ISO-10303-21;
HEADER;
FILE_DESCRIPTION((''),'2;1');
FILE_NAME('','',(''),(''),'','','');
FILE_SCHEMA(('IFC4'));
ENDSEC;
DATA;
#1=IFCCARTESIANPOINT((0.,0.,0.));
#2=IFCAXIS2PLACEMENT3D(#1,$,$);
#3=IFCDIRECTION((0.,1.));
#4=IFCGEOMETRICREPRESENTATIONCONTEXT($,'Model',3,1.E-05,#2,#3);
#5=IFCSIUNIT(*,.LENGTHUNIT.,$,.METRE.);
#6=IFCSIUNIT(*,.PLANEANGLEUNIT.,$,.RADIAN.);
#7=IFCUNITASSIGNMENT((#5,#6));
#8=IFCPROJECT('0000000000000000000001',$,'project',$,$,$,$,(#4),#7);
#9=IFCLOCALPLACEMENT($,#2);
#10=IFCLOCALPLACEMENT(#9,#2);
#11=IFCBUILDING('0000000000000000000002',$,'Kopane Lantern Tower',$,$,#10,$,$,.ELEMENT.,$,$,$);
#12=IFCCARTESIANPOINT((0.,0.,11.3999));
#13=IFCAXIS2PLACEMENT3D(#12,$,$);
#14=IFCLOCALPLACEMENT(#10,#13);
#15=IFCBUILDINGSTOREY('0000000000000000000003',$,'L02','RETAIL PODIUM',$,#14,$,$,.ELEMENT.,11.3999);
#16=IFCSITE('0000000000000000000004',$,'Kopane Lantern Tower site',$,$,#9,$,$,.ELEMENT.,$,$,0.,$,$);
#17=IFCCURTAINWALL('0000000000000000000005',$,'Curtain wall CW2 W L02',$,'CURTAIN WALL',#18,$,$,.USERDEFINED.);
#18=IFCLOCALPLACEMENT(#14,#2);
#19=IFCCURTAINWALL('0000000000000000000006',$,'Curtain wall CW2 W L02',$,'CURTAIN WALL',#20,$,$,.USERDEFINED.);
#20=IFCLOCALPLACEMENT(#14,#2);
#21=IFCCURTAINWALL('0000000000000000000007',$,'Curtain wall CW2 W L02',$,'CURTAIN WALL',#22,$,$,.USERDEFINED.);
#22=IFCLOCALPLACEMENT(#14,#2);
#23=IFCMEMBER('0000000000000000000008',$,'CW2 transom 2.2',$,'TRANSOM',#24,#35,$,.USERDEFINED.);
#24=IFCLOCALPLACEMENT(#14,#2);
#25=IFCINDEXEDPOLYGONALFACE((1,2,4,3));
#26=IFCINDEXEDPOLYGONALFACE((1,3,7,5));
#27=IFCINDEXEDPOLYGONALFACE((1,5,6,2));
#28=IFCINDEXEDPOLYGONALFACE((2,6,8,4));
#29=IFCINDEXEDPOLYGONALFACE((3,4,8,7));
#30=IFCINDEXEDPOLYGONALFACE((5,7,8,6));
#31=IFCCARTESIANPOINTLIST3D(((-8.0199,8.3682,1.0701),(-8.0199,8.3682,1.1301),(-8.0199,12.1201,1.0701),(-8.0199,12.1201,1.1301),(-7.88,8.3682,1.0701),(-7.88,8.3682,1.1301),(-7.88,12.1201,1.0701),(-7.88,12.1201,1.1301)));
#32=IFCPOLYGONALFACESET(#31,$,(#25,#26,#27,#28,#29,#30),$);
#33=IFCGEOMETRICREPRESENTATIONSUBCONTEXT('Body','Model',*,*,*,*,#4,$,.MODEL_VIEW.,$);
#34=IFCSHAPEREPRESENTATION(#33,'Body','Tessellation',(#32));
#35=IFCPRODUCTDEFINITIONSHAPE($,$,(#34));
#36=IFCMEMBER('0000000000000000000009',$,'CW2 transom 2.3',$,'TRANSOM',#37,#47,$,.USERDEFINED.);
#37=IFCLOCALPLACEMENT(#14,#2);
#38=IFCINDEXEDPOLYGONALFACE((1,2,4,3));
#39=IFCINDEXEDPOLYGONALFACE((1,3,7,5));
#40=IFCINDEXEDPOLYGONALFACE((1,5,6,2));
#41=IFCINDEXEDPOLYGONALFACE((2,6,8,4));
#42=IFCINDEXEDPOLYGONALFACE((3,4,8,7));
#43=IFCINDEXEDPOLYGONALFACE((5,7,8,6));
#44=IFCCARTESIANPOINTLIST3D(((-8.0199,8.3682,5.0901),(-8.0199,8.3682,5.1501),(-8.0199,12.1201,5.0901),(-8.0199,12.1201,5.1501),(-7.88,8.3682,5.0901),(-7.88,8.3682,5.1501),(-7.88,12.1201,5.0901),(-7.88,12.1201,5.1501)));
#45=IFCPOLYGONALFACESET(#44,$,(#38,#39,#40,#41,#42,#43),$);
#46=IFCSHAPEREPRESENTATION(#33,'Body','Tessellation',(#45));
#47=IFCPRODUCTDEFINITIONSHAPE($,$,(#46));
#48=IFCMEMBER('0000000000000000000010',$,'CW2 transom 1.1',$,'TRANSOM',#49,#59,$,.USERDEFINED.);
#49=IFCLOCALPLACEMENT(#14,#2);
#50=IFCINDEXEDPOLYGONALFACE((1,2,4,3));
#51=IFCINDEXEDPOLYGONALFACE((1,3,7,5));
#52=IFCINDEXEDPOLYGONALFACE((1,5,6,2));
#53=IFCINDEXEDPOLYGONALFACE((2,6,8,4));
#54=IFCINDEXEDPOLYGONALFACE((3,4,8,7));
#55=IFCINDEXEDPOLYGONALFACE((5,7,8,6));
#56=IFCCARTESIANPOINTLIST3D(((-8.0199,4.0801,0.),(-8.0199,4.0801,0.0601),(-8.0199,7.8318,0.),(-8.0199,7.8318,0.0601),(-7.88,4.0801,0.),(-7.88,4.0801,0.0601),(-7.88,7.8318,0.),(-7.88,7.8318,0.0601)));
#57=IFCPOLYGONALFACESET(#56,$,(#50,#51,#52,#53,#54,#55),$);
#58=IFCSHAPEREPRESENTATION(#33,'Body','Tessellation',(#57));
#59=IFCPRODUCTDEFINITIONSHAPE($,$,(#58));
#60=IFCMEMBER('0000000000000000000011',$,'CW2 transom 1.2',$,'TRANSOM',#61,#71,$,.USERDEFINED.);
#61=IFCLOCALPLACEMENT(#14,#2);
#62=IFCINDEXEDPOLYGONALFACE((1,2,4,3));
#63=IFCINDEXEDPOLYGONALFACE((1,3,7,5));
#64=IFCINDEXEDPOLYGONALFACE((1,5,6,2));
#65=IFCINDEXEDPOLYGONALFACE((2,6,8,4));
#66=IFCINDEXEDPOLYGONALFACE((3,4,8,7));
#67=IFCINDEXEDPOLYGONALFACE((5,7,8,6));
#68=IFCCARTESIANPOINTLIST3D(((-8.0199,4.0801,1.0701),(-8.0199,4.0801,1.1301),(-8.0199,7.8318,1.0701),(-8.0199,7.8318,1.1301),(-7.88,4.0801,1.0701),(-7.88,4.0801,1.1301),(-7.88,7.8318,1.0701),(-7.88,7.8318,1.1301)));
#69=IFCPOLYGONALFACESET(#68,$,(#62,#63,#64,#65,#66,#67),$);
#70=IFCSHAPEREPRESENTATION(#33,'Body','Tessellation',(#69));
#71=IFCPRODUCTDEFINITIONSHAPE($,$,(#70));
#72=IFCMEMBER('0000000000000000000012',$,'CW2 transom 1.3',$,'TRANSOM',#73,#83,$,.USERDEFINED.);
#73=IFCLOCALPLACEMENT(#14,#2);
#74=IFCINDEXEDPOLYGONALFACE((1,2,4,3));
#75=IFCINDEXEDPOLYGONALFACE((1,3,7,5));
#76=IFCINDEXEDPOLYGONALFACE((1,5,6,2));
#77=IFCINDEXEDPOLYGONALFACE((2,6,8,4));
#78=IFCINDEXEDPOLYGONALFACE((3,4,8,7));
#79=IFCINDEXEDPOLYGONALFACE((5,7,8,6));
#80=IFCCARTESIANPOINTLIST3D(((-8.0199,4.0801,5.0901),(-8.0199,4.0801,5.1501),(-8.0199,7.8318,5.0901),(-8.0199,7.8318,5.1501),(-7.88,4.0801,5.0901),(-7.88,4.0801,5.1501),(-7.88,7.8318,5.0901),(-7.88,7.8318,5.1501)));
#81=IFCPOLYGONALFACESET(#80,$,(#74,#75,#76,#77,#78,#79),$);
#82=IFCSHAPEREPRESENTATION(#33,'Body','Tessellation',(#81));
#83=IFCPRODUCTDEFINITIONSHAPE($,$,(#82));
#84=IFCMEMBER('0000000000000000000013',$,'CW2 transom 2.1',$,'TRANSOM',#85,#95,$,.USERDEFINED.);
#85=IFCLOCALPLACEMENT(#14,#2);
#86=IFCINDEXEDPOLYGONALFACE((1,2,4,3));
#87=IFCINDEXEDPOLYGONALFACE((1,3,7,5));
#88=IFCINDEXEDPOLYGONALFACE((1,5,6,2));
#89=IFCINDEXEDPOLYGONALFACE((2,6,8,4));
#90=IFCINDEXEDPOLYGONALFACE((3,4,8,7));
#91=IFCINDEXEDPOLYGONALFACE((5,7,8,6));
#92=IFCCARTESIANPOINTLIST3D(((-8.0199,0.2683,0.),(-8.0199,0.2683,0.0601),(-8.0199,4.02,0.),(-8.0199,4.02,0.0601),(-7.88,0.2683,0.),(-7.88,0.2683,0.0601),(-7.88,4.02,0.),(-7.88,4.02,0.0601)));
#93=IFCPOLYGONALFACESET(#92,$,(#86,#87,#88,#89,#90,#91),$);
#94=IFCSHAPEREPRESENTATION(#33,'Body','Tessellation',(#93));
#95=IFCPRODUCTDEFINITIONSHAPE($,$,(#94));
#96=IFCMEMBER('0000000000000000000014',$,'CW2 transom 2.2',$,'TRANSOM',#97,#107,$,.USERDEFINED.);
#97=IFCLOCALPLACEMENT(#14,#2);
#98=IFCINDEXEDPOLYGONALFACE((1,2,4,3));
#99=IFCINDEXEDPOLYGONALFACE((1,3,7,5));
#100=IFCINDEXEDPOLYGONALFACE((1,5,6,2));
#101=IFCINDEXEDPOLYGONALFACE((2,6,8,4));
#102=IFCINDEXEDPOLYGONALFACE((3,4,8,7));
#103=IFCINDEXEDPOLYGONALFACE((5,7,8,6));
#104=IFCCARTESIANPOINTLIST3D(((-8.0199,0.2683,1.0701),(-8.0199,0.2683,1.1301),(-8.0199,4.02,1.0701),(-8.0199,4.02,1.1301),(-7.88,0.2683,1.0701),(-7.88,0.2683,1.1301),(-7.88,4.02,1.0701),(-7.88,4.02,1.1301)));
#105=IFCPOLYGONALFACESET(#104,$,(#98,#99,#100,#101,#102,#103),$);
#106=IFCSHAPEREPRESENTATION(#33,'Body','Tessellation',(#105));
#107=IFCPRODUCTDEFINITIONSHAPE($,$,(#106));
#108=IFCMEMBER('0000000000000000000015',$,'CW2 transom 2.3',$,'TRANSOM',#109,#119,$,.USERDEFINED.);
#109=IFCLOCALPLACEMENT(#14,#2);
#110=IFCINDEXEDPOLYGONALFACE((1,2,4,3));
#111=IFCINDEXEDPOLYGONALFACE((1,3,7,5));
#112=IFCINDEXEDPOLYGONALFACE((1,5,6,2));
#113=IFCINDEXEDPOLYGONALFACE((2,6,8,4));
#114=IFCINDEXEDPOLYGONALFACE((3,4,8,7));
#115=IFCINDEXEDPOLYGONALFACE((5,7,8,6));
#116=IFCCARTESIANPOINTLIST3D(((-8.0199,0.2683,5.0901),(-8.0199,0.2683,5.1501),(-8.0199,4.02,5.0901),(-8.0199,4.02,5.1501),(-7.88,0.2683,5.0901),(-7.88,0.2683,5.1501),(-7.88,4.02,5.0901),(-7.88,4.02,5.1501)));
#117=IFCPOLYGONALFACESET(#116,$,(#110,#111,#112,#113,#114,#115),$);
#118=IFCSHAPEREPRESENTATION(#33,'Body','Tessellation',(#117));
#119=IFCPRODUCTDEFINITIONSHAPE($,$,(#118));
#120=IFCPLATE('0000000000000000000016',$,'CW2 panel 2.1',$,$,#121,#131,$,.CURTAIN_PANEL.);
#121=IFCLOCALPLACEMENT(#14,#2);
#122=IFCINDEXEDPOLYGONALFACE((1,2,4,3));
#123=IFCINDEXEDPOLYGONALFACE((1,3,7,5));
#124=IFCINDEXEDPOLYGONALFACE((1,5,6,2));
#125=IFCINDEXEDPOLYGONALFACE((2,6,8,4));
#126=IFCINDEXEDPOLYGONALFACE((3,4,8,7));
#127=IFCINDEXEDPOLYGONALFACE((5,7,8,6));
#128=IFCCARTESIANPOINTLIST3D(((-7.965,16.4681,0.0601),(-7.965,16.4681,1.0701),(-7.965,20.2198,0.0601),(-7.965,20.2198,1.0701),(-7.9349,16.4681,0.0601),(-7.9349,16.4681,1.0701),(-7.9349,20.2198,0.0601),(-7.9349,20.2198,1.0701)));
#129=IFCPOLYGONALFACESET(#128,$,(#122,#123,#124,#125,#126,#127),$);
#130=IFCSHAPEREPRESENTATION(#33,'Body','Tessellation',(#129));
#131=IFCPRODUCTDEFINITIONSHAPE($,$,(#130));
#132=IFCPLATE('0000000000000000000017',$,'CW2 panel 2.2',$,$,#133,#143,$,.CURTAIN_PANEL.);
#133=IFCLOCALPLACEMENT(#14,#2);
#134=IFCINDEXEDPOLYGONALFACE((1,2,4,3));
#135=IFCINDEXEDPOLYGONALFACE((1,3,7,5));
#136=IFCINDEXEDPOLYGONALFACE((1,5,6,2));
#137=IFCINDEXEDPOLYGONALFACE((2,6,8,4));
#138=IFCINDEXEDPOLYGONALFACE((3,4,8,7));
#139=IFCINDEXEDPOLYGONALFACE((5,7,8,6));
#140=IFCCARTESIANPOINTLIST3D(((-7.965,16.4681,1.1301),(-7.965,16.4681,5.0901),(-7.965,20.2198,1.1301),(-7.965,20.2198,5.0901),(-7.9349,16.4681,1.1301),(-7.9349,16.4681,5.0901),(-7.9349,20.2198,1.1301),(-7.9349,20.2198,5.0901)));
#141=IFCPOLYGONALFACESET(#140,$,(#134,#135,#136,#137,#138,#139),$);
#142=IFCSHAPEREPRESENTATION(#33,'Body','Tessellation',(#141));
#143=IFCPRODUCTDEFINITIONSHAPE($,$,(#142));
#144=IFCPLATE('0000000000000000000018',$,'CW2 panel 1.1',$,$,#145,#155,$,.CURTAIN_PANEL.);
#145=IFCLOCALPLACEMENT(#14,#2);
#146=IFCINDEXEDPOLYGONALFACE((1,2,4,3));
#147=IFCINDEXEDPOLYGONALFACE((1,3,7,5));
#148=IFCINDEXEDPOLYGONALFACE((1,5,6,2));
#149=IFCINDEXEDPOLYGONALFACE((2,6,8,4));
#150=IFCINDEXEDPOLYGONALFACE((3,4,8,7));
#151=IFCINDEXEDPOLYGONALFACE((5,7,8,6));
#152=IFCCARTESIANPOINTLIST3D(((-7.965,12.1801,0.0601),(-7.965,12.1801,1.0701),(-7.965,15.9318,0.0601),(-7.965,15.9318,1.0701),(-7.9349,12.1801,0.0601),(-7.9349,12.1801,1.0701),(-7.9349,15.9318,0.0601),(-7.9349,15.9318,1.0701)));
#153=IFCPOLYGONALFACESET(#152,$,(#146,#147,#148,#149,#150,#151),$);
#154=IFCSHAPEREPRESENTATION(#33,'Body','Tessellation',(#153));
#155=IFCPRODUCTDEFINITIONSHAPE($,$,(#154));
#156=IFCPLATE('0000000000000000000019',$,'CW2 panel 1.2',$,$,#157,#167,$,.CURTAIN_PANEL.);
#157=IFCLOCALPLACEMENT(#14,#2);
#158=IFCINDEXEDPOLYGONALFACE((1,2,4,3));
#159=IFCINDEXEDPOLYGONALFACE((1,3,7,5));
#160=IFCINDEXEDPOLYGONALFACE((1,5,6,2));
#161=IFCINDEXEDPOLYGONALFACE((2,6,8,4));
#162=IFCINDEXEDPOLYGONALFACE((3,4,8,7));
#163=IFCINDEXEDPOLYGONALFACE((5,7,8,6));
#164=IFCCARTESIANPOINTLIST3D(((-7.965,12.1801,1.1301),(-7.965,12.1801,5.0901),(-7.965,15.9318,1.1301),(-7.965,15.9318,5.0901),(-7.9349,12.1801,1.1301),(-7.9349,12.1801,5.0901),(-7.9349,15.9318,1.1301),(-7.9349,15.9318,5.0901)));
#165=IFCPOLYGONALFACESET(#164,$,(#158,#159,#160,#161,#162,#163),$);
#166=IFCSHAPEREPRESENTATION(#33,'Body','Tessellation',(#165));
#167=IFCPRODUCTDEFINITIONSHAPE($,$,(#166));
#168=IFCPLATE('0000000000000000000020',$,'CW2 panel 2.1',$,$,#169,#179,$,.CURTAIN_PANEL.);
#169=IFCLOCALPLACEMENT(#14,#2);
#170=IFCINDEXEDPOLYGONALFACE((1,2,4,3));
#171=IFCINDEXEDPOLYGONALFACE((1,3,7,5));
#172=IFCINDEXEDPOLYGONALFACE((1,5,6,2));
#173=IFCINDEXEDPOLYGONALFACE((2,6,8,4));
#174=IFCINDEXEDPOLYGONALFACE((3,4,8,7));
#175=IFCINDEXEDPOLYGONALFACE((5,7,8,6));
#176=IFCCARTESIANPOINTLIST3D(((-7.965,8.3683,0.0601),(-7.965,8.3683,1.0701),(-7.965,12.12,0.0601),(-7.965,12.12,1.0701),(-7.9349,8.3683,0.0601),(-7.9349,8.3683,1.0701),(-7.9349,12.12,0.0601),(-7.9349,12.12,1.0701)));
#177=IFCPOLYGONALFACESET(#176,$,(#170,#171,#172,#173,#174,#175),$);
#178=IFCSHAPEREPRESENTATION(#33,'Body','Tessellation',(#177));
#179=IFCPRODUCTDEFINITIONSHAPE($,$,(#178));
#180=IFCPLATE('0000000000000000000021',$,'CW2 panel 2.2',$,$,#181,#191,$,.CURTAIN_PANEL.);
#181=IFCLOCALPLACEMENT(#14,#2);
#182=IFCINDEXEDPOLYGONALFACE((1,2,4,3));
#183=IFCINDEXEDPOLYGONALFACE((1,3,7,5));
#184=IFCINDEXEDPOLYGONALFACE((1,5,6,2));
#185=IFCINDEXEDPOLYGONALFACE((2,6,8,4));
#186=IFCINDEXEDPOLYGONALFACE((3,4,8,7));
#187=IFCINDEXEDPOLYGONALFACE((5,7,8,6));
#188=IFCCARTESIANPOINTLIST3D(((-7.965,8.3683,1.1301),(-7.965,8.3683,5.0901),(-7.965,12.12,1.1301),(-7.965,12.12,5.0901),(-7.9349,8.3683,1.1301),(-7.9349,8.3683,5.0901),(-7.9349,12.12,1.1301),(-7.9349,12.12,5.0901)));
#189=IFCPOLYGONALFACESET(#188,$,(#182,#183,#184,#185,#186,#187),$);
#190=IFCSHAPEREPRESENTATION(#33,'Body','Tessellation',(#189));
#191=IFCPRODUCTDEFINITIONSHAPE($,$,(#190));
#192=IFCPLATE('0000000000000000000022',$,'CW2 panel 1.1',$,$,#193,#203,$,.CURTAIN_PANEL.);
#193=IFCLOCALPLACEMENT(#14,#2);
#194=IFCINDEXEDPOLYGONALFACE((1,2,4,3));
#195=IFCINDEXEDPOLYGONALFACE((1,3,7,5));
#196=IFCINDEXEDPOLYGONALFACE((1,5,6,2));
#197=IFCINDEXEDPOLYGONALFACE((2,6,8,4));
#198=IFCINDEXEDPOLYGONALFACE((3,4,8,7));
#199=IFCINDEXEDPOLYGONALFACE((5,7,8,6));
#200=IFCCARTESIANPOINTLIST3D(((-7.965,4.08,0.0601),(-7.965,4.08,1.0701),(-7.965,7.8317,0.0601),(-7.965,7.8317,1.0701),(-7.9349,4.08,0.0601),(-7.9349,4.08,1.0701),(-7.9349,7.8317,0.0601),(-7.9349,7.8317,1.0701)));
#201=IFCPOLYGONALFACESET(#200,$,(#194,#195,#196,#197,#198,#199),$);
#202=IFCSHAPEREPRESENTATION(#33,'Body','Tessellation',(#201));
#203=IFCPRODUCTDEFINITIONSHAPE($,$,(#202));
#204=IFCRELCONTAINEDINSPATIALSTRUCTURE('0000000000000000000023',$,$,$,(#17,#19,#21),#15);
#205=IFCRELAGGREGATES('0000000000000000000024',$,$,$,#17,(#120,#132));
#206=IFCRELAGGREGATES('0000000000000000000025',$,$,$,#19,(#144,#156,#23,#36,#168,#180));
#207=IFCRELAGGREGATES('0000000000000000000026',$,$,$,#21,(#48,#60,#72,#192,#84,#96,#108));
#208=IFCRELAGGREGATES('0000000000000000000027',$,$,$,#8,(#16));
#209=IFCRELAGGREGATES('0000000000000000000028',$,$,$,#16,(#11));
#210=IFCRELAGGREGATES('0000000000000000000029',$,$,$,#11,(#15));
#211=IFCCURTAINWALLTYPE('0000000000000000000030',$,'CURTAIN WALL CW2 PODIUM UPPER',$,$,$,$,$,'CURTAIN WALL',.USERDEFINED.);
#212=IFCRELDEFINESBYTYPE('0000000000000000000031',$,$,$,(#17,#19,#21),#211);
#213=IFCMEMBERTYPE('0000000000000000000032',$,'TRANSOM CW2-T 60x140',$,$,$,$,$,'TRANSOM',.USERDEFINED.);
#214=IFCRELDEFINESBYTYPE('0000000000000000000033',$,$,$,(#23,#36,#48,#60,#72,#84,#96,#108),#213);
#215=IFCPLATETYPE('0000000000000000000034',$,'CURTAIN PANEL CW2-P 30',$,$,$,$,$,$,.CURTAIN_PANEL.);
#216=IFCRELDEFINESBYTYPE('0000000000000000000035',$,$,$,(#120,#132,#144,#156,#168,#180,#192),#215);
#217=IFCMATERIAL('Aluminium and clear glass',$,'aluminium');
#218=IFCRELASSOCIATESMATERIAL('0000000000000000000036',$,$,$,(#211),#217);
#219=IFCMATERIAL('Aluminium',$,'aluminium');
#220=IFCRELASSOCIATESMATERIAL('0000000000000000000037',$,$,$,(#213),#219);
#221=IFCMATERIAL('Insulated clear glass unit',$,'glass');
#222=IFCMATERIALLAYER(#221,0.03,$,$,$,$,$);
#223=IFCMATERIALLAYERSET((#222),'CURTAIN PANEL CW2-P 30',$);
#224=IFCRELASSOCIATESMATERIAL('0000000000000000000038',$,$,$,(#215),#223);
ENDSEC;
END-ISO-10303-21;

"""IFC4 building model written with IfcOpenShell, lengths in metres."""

from ifc_helpers import new_model, si_unit, direction, frame, origin, origin_2d, place, context, subcontext, project, spatial, rectangle, extrude, material, layer, layer_set, material_profile, profile_set, type_object, element, aggregate, save


model = new_model("IFC4")

# Units and contexts
model_context = context("Model", 3, precision=1e-05, world=origin(), true_north=direction((0.0, 1.0)))
body_context = subcontext(model_context, "Body", "Model", "MODEL_VIEW")
ifc_project = project(units=[si_unit("LENGTHUNIT", "METRE"), si_unit("PLANEANGLEUNIT", "RADIAN")], contexts=[model_context])

# Site, building, storey
site_placement = place(None, origin())
site = spatial("IfcSite", under=ifc_project, at=site_placement, Name="Kopane Lantern Tower site", CompositionType="ELEMENT", RefElevation=0.0)
building_placement = place(site_placement, origin())
building = spatial("IfcBuilding", under=site, at=building_placement, Name="Kopane Lantern Tower", CompositionType="ELEMENT")
storey_placement = place(building_placement, frame((0.0, 0.0, 11.3999)))
storey = spatial("IfcBuildingStorey", under=building, at=storey_placement, Name="L02", Description="RETAIL PODIUM", CompositionType="ELEMENT", Elevation=11.3999)

# Curtain wall
ifc_material_1 = material(Name="Aluminium and clear glass", Category="aluminium")
curtain_wall_type = type_object("IfcCurtainWallType", Name="CURTAIN WALL CW2 PODIUM UPPER", ElementType="CURTAIN WALL", PredefinedType="USERDEFINED", material=ifc_material_1)
curtain_wall_1_placement = place(storey_placement, origin())
curtain_wall_1 = element("IfcCurtainWall", 1, at=curtain_wall_1_placement, inside=storey, type_object=curtain_wall_type, Name="Curtain wall CW2 W L02", ObjectType="CURTAIN WALL", PredefinedType="USERDEFINED")

# Curtain walls
curtain_wall_2_placement = place(storey_placement, origin())
curtain_wall_2 = element("IfcCurtainWall", 2, at=curtain_wall_2_placement, inside=storey, type_object=curtain_wall_type, Name="Curtain wall CW2 W L02", ObjectType="CURTAIN WALL", PredefinedType="USERDEFINED")
curtain_wall_3_placement = place(storey_placement, origin())
curtain_wall_3 = element("IfcCurtainWall", 3, at=curtain_wall_3_placement, inside=storey, type_object=curtain_wall_type, Name="Curtain wall CW2 W L02", ObjectType="CURTAIN WALL", PredefinedType="USERDEFINED")

# Members
ifc_material_2 = material(Name="Aluminium", Category="aluminium")
ifc_material_profile_1 = material_profile(ifc_material_2, rectangle(XDim=0.1399, YDim=0.0601, at=origin_2d()), Name="AL 140x60")
ifc_profile_set_1 = profile_set([ifc_material_profile_1], Name="Aluminium")
member_type_1 = type_object("IfcMemberType", Name="TRANSOM CW2-T 60x140", ElementType="TRANSOM", PredefinedType="USERDEFINED", material=ifc_profile_set_1)
member_1_placement = place(storey_placement, frame((-7.95, 12.1201, 1.1001), z_axis=(0.0, -1.0, 0.0), x_axis=(1.0, 0.0, 0.0)))
member_1 = element("IfcMember", 4, at=member_1_placement, type_object=member_type_1, Name="CW2 transom 2.2", ObjectType="TRANSOM", PredefinedType="USERDEFINED", context=body_context, shape_type="SweptSolid", body=[
    extrude(rectangle(XDim=0.1399, YDim=0.0601, at=origin_2d()), origin(), (0.0, 0.0, 1.0), 3.752),
])
member_2_placement = place(storey_placement, frame((-7.95, 12.1201, 5.1201), z_axis=(0.0, -1.0, 0.0), x_axis=(1.0, 0.0, 0.0)))
member_2 = element("IfcMember", 5, at=member_2_placement, type_object=member_type_1, Name="CW2 transom 2.3", ObjectType="TRANSOM", PredefinedType="USERDEFINED", context=body_context, shape_type="SweptSolid", body=[
    extrude(rectangle(XDim=0.1399, YDim=0.0601, at=origin_2d()), origin(), (0.0, 0.0, 1.0), 3.752),
])
member_3_placement = place(storey_placement, frame((-7.95, 7.8318, 0.03), z_axis=(0.0, -1.0, 0.0), x_axis=(1.0, 0.0, 0.0)))
member_3 = element("IfcMember", 6, at=member_3_placement, type_object=member_type_1, Name="CW2 transom 1.1", ObjectType="TRANSOM", PredefinedType="USERDEFINED", context=body_context, shape_type="SweptSolid", body=[
    extrude(rectangle(XDim=0.1399, YDim=0.0601, at=origin_2d()), origin(), (0.0, 0.0, 1.0), 3.7517),
])
member_4_placement = place(storey_placement, frame((-7.95, 7.8318, 1.1001), z_axis=(0.0, -1.0, 0.0), x_axis=(1.0, 0.0, 0.0)))
member_4 = element("IfcMember", 7, at=member_4_placement, type_object=member_type_1, Name="CW2 transom 1.2", ObjectType="TRANSOM", PredefinedType="USERDEFINED", context=body_context, shape_type="SweptSolid", body=[
    extrude(rectangle(XDim=0.1399, YDim=0.0601, at=origin_2d()), origin(), (0.0, 0.0, 1.0), 3.7517),
])
member_5_placement = place(storey_placement, frame((-7.95, 7.8318, 5.1201), z_axis=(0.0, -1.0, 0.0), x_axis=(1.0, 0.0, 0.0)))
member_5 = element("IfcMember", 8, at=member_5_placement, type_object=member_type_1, Name="CW2 transom 1.3", ObjectType="TRANSOM", PredefinedType="USERDEFINED", context=body_context, shape_type="SweptSolid", body=[
    extrude(rectangle(XDim=0.1399, YDim=0.0601, at=origin_2d()), origin(), (0.0, 0.0, 1.0), 3.7517),
])
member_6_placement = place(storey_placement, frame((-7.95, 4.02, 0.03), z_axis=(0.0, -1.0, 0.0), x_axis=(1.0, 0.0, 0.0)))
member_6 = element("IfcMember", 9, at=member_6_placement, type_object=member_type_1, Name="CW2 transom 2.1", ObjectType="TRANSOM", PredefinedType="USERDEFINED", context=body_context, shape_type="SweptSolid", body=[
    extrude(rectangle(XDim=0.1399, YDim=0.0601, at=origin_2d()), origin(), (0.0, 0.0, 1.0), 3.7517),
])
member_7_placement = place(storey_placement, frame((-7.95, 4.02, 1.1001), z_axis=(0.0, -1.0, 0.0), x_axis=(1.0, 0.0, 0.0)))
member_7 = element("IfcMember", 10, at=member_7_placement, type_object=member_type_1, Name="CW2 transom 2.2", ObjectType="TRANSOM", PredefinedType="USERDEFINED", context=body_context, shape_type="SweptSolid", body=[
    extrude(rectangle(XDim=0.1399, YDim=0.0601, at=origin_2d()), origin(), (0.0, 0.0, 1.0), 3.7517),
])
member_8_placement = place(storey_placement, frame((-7.95, 4.02, 5.1201), z_axis=(0.0, -1.0, 0.0), x_axis=(1.0, 0.0, 0.0)))
member_8 = element("IfcMember", 11, at=member_8_placement, type_object=member_type_1, Name="CW2 transom 2.3", ObjectType="TRANSOM", PredefinedType="USERDEFINED", context=body_context, shape_type="SweptSolid", body=[
    extrude(rectangle(XDim=0.1399, YDim=0.0601, at=origin_2d()), origin(), (0.0, 0.0, 1.0), 3.7517),
])

# Plates
ifc_material_3 = material(Name="Insulated clear glass unit", Category="glass")
ifc_layer_1 = layer(ifc_material_3, 0.03)
ifc_layer_set_1 = layer_set([ifc_layer_1], Name="CURTAIN PANEL CW2-P 30")
plate_type = type_object("IfcPlateType", Name="CURTAIN PANEL CW2-P 30", PredefinedType="CURTAIN_PANEL", material=ifc_layer_set_1)
plate_1_placement = place(storey_placement, frame((-7.95, 18.344, 0.0601), z_axis=(0.0, 0.0, 1.0), x_axis=(0.0, -1.0, 0.0)))
plate_1 = element("IfcPlate", 12, at=plate_1_placement, type_object=plate_type, Name="CW2 panel 2.1", PredefinedType="CURTAIN_PANEL", context=body_context, shape_type="SweptSolid", body=[
    extrude(rectangle(XDim=3.7517, YDim=0.03, at=origin_2d()), origin(), (0.0, 0.0, 1.0), 1.01),
])
plate_2_placement = place(storey_placement, frame((-7.95, 18.344, 1.1301), z_axis=(0.0, 0.0, 1.0), x_axis=(0.0, -1.0, 0.0)))
plate_2 = element("IfcPlate", 13, at=plate_2_placement, type_object=plate_type, Name="CW2 panel 2.2", PredefinedType="CURTAIN_PANEL", context=body_context, shape_type="SweptSolid", body=[
    extrude(rectangle(XDim=3.7517, YDim=0.03, at=origin_2d()), origin(), (0.0, 0.0, 1.0), 3.96),
])
aggregate(curtain_wall_1, [plate_1, plate_2])
plate_3_placement = place(storey_placement, frame((-7.95, 14.0559, 0.0601), z_axis=(0.0, 0.0, 1.0), x_axis=(0.0, -1.0, 0.0)))
plate_3 = element("IfcPlate", 14, at=plate_3_placement, type_object=plate_type, Name="CW2 panel 1.1", PredefinedType="CURTAIN_PANEL", context=body_context, shape_type="SweptSolid", body=[
    extrude(rectangle(XDim=3.7517, YDim=0.03, at=origin_2d()), origin(), (0.0, 0.0, 1.0), 1.01),
])
plate_4_placement = place(storey_placement, frame((-7.95, 14.0559, 1.1301), z_axis=(0.0, 0.0, 1.0), x_axis=(0.0, -1.0, 0.0)))
plate_4 = element("IfcPlate", 15, at=plate_4_placement, type_object=plate_type, Name="CW2 panel 1.2", PredefinedType="CURTAIN_PANEL", context=body_context, shape_type="SweptSolid", body=[
    extrude(rectangle(XDim=3.7517, YDim=0.03, at=origin_2d()), origin(), (0.0, 0.0, 1.0), 3.96),
])
plate_5_placement = place(storey_placement, frame((-7.95, 10.2441, 0.0601), z_axis=(0.0, 0.0, 1.0), x_axis=(0.0, -1.0, 0.0)))
plate_5 = element("IfcPlate", 16, at=plate_5_placement, type_object=plate_type, Name="CW2 panel 2.1", PredefinedType="CURTAIN_PANEL", context=body_context, shape_type="SweptSolid", body=[
    extrude(rectangle(XDim=3.7517, YDim=0.03, at=origin_2d()), origin(), (0.0, 0.0, 1.0), 1.01),
])
plate_6_placement = place(storey_placement, frame((-7.95, 10.2441, 1.1301), z_axis=(0.0, 0.0, 1.0), x_axis=(0.0, -1.0, 0.0)))
plate_6 = element("IfcPlate", 17, at=plate_6_placement, type_object=plate_type, Name="CW2 panel 2.2", PredefinedType="CURTAIN_PANEL", context=body_context, shape_type="SweptSolid", body=[
    extrude(rectangle(XDim=3.7517, YDim=0.03, at=origin_2d()), origin(), (0.0, 0.0, 1.0), 3.96),
])
aggregate(curtain_wall_2, [plate_3, plate_4, member_1, member_2, plate_5, plate_6])
plate_7_placement = place(storey_placement, frame((-7.95, 5.9558, 0.0601), z_axis=(0.0, 0.0, 1.0), x_axis=(0.0, -1.0, 0.0)))
plate_7 = element("IfcPlate", 18, at=plate_7_placement, type_object=plate_type, Name="CW2 panel 1.1", PredefinedType="CURTAIN_PANEL", context=body_context, shape_type="SweptSolid", body=[
    extrude(rectangle(XDim=3.7517, YDim=0.03, at=origin_2d()), origin(), (0.0, 0.0, 1.0), 1.01),
])
aggregate(curtain_wall_3, [member_3, member_4, member_5, plate_7, member_6, member_7, member_8])

save(model, "model.ifc")
